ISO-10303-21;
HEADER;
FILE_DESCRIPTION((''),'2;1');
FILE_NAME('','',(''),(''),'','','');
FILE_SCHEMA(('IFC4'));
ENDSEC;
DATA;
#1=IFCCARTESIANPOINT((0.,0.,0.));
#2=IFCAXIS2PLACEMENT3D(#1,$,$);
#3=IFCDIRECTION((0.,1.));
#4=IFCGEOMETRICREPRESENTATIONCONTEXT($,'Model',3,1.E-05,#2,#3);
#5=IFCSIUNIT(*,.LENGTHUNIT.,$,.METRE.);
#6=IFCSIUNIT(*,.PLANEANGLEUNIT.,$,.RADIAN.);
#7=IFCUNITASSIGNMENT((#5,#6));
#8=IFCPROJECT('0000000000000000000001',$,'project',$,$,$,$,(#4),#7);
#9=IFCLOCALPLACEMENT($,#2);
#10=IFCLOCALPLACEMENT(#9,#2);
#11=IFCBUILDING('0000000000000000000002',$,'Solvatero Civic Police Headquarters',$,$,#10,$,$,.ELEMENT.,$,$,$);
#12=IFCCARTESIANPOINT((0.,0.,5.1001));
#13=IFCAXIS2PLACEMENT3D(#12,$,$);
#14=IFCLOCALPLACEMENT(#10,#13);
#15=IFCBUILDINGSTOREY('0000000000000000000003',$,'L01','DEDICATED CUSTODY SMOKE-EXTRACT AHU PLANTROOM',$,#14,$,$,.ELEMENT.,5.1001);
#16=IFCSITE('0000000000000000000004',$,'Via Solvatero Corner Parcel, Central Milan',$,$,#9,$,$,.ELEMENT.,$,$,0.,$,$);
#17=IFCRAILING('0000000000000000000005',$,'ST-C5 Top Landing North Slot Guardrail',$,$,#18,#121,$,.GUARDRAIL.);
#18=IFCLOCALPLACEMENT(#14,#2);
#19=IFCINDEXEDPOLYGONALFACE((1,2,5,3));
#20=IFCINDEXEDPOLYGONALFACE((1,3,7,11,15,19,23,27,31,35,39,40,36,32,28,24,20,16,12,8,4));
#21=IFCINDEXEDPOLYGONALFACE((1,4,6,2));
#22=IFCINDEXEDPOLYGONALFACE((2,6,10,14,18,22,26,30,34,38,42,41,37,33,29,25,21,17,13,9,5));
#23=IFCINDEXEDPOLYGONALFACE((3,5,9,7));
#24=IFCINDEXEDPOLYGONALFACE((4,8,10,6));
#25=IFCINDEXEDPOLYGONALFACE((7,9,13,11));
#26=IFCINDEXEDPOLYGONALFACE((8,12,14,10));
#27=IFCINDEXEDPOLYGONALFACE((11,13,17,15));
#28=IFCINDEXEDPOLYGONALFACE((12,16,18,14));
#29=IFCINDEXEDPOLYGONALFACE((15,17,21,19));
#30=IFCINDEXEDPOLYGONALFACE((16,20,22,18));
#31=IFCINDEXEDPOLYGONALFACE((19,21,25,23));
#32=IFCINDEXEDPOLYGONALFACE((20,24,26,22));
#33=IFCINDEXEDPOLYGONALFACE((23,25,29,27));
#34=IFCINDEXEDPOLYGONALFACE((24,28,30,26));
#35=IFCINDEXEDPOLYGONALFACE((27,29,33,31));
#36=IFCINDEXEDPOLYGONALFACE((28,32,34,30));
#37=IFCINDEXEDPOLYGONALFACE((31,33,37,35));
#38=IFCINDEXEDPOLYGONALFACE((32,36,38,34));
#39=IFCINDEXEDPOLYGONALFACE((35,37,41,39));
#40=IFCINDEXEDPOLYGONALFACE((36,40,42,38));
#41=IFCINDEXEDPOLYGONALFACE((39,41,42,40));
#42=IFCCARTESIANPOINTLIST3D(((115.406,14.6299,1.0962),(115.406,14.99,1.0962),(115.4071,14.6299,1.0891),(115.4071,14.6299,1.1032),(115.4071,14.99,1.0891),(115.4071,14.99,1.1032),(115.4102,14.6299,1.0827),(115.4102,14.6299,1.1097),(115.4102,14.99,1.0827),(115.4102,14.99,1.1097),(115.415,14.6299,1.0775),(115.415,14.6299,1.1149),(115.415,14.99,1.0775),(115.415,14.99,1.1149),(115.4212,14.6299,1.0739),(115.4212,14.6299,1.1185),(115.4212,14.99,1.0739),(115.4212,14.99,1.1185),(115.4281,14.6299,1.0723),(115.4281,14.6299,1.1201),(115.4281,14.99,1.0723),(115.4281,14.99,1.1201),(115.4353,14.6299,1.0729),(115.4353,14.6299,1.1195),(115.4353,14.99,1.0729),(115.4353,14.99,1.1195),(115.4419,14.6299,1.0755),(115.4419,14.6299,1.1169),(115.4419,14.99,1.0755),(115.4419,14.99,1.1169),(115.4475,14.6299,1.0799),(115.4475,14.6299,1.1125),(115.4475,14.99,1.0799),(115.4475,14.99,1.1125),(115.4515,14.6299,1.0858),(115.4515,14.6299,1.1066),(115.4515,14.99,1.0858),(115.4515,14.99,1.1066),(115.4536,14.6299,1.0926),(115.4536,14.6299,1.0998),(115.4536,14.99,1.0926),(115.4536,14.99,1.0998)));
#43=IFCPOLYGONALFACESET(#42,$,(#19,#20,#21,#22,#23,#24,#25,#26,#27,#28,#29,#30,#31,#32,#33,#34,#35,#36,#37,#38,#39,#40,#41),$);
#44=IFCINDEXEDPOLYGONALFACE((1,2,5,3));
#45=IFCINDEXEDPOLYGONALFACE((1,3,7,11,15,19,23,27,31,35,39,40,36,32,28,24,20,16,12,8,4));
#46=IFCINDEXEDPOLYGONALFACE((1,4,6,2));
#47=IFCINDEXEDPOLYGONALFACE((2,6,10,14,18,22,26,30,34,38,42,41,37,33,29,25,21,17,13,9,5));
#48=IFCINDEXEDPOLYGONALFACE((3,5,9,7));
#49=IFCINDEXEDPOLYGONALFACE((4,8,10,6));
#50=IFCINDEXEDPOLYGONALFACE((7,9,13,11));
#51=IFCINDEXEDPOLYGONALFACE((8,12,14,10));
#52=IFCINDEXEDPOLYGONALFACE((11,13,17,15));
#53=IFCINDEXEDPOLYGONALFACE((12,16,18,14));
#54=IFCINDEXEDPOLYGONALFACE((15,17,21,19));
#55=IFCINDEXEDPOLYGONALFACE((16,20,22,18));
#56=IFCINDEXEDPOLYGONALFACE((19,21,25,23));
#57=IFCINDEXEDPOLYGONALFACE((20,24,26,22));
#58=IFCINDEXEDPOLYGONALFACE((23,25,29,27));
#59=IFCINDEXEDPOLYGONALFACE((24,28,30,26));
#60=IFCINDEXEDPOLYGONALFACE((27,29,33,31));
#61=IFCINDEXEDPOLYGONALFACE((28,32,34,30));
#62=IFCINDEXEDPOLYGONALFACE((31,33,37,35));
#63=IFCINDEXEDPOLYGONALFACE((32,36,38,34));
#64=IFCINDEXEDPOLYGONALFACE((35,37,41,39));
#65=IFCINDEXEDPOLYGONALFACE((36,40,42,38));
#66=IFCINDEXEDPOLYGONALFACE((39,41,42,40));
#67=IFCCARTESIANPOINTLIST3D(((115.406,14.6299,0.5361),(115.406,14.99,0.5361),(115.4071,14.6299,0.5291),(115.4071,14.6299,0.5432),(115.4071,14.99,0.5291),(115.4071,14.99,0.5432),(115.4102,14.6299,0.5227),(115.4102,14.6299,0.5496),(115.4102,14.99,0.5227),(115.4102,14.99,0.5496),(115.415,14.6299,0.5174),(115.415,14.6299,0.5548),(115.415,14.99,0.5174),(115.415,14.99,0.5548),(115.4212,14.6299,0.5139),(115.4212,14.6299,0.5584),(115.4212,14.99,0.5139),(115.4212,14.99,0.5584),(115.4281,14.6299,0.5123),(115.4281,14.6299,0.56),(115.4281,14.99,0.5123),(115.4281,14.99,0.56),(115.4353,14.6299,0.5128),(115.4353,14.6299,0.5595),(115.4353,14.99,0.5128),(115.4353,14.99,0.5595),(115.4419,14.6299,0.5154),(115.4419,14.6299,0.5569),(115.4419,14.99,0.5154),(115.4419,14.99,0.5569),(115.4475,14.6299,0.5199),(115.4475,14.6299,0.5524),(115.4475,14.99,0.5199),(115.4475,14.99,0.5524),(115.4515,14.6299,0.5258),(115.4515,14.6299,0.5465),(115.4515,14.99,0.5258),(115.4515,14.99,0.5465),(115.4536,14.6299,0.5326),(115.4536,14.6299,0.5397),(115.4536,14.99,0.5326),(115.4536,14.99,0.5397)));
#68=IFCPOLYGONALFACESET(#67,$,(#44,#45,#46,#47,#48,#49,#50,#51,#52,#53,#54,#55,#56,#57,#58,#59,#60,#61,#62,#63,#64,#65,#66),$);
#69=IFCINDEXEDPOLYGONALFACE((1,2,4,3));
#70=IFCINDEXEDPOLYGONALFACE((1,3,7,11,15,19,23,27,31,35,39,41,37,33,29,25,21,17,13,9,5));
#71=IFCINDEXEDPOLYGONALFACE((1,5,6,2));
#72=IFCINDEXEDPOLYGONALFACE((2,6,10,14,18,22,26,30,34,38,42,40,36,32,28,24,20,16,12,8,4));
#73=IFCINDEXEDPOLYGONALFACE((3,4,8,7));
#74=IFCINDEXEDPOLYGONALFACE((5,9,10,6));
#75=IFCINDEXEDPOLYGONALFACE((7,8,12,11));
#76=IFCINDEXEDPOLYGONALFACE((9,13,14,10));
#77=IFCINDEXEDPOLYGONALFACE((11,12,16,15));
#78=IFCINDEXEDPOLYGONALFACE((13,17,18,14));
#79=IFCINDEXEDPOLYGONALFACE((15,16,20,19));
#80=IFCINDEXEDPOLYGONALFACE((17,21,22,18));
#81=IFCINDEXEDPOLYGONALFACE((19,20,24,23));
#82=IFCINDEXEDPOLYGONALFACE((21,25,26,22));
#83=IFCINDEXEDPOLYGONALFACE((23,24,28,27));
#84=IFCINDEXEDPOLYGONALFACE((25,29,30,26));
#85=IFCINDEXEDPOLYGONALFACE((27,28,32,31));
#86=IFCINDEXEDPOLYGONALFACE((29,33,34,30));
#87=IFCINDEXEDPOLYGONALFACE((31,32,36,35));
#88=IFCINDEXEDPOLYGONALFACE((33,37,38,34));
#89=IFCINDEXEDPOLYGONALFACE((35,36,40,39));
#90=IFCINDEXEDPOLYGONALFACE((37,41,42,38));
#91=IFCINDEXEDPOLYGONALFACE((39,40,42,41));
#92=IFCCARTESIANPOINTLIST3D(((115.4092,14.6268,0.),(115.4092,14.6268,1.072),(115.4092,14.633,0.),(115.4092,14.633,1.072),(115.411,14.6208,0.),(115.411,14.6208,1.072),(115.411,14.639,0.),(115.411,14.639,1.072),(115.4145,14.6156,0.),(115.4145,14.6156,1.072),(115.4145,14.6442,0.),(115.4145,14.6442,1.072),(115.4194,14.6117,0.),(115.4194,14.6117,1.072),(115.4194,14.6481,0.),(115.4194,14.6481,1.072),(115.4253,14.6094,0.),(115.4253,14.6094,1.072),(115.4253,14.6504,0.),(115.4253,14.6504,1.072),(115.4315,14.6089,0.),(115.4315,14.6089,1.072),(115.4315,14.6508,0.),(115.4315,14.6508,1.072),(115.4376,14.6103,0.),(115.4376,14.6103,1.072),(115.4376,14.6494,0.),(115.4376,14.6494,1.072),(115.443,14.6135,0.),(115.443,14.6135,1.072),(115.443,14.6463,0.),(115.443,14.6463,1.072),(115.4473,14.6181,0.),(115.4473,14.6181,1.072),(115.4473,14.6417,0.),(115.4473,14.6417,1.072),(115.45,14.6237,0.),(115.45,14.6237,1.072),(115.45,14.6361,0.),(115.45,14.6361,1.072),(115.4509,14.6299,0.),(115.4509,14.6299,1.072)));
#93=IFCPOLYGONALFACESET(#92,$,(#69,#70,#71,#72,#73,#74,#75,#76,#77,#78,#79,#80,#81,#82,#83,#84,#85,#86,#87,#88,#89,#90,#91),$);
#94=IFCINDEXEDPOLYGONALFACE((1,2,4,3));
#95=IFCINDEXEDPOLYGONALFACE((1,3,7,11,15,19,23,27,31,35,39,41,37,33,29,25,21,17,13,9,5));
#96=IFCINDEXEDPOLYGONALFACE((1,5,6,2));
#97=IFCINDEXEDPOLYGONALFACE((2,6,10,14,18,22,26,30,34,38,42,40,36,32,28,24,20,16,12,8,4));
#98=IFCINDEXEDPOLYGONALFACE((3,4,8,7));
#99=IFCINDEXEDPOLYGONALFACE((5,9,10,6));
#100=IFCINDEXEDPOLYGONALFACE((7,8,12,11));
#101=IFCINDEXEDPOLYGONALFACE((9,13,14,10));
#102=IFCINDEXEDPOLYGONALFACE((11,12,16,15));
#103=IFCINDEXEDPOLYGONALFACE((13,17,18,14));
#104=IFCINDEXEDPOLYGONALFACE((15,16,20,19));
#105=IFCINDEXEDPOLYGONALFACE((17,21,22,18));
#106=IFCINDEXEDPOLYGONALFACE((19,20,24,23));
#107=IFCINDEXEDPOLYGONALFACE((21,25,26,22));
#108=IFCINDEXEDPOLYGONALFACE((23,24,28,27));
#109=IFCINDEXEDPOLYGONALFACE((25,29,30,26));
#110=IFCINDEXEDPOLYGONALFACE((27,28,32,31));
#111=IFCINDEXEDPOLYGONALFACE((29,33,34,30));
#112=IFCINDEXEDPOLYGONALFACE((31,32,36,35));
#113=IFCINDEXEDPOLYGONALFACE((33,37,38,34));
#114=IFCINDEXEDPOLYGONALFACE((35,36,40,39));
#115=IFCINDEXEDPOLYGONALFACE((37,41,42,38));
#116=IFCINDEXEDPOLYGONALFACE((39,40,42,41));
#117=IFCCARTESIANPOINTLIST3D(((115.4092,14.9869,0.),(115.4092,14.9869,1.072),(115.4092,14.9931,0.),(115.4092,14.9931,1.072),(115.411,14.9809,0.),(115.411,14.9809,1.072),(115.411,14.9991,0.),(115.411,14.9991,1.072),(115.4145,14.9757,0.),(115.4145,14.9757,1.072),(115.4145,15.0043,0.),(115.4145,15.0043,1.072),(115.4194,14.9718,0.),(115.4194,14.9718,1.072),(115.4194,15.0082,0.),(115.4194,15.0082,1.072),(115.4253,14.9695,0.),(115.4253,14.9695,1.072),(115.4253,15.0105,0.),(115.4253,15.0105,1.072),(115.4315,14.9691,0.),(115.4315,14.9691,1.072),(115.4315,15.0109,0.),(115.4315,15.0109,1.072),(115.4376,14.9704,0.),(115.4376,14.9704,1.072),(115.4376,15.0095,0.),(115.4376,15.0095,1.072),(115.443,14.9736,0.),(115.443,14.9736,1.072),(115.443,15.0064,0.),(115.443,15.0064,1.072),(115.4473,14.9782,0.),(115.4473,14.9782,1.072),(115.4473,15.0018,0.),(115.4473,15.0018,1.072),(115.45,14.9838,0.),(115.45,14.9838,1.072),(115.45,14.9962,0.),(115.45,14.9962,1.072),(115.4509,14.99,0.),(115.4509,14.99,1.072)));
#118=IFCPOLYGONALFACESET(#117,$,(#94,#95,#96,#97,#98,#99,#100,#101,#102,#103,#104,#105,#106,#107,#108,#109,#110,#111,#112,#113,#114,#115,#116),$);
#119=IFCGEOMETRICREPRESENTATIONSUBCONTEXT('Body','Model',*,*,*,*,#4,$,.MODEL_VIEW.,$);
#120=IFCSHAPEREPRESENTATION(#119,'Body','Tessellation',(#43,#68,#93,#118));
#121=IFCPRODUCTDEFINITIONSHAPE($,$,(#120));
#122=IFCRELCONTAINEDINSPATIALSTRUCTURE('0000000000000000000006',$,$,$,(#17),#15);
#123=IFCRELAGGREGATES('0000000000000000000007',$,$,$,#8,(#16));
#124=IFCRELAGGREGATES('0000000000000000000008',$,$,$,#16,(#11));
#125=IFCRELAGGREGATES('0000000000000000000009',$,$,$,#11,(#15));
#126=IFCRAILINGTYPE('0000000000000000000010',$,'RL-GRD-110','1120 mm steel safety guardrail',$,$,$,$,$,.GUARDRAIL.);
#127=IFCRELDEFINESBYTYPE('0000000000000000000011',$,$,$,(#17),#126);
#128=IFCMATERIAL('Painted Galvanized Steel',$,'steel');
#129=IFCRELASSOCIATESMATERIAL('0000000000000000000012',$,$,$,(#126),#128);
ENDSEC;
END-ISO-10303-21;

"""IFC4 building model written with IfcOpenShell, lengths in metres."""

from ifc_helpers import new_model, si_unit, direction, frame, origin, origin_2d, place, context, subcontext, project, spatial, circle, extrude, material, type_object, element, save


model = new_model("IFC4")

# Units and contexts
model_context = context("Model", 3, precision=1e-05, world=origin(), true_north=direction((0.0, 1.0)))
body_context = subcontext(model_context, "Body", "Model", "MODEL_VIEW")
ifc_project = project(units=[si_unit("LENGTHUNIT", "METRE"), si_unit("PLANEANGLEUNIT", "RADIAN")], contexts=[model_context])

# Site, building, storey
site_placement = place(None, origin())
site = spatial("IfcSite", under=ifc_project, at=site_placement, Name="Via Solvatero Corner Parcel, Central Milan", CompositionType="ELEMENT", RefElevation=0.0)
building_placement = place(site_placement, origin())
building = spatial("IfcBuilding", under=site, at=building_placement, Name="Solvatero Civic Police Headquarters", CompositionType="ELEMENT")
storey_placement = place(building_placement, frame((0.0, 0.0, 5.1001)))
storey = spatial("IfcBuildingStorey", under=building, at=storey_placement, Name="L01", Description="DEDICATED CUSTODY SMOKE-EXTRACT AHU PLANTROOM", CompositionType="ELEMENT", Elevation=5.1001)

# Railing
ifc_material_1 = material(Name="Painted Galvanized Steel", Category="steel")
railing_type = type_object("IfcRailingType", Name="RL-GRD-110", Description="1120 mm steel safety guardrail", PredefinedType="GUARDRAIL", material=ifc_material_1)
railing_placement = place(storey_placement, frame((115.4299, 14.6299, 0.0)))
element("IfcRailing", 1, at=railing_placement, inside=storey, type_object=railing_type, Name="ST-C5 Top Landing North Slot Guardrail", PredefinedType="GUARDRAIL", context=body_context, shape_type="SweptSolid", body=[
    extrude(circle(Radius=0.0239, at=origin_2d()), frame((0.0, 0.0, 1.0962), z_axis=(0.0, 1.0, 0.0), x_axis=(-1.0, 0.0, 0.0)), (0.0, 0.0, 1.0), 0.3601),
    extrude(circle(Radius=0.0239, at=origin_2d()), frame((0.0, 0.0, 0.5361), z_axis=(0.0, 1.0, 0.0), x_axis=(-1.0, 0.0, 0.0)), (0.0, 0.0, 1.0), 0.3601),
    extrude(circle(Radius=0.021, at=origin_2d()), origin(), (0.0, 0.0, 1.0), 1.072),
    extrude(circle(Radius=0.021, at=origin_2d()), frame((0.0, 0.3601, 0.0)), (0.0, 0.0, 1.0), 1.072),
])

save(model, "model.ifc")
